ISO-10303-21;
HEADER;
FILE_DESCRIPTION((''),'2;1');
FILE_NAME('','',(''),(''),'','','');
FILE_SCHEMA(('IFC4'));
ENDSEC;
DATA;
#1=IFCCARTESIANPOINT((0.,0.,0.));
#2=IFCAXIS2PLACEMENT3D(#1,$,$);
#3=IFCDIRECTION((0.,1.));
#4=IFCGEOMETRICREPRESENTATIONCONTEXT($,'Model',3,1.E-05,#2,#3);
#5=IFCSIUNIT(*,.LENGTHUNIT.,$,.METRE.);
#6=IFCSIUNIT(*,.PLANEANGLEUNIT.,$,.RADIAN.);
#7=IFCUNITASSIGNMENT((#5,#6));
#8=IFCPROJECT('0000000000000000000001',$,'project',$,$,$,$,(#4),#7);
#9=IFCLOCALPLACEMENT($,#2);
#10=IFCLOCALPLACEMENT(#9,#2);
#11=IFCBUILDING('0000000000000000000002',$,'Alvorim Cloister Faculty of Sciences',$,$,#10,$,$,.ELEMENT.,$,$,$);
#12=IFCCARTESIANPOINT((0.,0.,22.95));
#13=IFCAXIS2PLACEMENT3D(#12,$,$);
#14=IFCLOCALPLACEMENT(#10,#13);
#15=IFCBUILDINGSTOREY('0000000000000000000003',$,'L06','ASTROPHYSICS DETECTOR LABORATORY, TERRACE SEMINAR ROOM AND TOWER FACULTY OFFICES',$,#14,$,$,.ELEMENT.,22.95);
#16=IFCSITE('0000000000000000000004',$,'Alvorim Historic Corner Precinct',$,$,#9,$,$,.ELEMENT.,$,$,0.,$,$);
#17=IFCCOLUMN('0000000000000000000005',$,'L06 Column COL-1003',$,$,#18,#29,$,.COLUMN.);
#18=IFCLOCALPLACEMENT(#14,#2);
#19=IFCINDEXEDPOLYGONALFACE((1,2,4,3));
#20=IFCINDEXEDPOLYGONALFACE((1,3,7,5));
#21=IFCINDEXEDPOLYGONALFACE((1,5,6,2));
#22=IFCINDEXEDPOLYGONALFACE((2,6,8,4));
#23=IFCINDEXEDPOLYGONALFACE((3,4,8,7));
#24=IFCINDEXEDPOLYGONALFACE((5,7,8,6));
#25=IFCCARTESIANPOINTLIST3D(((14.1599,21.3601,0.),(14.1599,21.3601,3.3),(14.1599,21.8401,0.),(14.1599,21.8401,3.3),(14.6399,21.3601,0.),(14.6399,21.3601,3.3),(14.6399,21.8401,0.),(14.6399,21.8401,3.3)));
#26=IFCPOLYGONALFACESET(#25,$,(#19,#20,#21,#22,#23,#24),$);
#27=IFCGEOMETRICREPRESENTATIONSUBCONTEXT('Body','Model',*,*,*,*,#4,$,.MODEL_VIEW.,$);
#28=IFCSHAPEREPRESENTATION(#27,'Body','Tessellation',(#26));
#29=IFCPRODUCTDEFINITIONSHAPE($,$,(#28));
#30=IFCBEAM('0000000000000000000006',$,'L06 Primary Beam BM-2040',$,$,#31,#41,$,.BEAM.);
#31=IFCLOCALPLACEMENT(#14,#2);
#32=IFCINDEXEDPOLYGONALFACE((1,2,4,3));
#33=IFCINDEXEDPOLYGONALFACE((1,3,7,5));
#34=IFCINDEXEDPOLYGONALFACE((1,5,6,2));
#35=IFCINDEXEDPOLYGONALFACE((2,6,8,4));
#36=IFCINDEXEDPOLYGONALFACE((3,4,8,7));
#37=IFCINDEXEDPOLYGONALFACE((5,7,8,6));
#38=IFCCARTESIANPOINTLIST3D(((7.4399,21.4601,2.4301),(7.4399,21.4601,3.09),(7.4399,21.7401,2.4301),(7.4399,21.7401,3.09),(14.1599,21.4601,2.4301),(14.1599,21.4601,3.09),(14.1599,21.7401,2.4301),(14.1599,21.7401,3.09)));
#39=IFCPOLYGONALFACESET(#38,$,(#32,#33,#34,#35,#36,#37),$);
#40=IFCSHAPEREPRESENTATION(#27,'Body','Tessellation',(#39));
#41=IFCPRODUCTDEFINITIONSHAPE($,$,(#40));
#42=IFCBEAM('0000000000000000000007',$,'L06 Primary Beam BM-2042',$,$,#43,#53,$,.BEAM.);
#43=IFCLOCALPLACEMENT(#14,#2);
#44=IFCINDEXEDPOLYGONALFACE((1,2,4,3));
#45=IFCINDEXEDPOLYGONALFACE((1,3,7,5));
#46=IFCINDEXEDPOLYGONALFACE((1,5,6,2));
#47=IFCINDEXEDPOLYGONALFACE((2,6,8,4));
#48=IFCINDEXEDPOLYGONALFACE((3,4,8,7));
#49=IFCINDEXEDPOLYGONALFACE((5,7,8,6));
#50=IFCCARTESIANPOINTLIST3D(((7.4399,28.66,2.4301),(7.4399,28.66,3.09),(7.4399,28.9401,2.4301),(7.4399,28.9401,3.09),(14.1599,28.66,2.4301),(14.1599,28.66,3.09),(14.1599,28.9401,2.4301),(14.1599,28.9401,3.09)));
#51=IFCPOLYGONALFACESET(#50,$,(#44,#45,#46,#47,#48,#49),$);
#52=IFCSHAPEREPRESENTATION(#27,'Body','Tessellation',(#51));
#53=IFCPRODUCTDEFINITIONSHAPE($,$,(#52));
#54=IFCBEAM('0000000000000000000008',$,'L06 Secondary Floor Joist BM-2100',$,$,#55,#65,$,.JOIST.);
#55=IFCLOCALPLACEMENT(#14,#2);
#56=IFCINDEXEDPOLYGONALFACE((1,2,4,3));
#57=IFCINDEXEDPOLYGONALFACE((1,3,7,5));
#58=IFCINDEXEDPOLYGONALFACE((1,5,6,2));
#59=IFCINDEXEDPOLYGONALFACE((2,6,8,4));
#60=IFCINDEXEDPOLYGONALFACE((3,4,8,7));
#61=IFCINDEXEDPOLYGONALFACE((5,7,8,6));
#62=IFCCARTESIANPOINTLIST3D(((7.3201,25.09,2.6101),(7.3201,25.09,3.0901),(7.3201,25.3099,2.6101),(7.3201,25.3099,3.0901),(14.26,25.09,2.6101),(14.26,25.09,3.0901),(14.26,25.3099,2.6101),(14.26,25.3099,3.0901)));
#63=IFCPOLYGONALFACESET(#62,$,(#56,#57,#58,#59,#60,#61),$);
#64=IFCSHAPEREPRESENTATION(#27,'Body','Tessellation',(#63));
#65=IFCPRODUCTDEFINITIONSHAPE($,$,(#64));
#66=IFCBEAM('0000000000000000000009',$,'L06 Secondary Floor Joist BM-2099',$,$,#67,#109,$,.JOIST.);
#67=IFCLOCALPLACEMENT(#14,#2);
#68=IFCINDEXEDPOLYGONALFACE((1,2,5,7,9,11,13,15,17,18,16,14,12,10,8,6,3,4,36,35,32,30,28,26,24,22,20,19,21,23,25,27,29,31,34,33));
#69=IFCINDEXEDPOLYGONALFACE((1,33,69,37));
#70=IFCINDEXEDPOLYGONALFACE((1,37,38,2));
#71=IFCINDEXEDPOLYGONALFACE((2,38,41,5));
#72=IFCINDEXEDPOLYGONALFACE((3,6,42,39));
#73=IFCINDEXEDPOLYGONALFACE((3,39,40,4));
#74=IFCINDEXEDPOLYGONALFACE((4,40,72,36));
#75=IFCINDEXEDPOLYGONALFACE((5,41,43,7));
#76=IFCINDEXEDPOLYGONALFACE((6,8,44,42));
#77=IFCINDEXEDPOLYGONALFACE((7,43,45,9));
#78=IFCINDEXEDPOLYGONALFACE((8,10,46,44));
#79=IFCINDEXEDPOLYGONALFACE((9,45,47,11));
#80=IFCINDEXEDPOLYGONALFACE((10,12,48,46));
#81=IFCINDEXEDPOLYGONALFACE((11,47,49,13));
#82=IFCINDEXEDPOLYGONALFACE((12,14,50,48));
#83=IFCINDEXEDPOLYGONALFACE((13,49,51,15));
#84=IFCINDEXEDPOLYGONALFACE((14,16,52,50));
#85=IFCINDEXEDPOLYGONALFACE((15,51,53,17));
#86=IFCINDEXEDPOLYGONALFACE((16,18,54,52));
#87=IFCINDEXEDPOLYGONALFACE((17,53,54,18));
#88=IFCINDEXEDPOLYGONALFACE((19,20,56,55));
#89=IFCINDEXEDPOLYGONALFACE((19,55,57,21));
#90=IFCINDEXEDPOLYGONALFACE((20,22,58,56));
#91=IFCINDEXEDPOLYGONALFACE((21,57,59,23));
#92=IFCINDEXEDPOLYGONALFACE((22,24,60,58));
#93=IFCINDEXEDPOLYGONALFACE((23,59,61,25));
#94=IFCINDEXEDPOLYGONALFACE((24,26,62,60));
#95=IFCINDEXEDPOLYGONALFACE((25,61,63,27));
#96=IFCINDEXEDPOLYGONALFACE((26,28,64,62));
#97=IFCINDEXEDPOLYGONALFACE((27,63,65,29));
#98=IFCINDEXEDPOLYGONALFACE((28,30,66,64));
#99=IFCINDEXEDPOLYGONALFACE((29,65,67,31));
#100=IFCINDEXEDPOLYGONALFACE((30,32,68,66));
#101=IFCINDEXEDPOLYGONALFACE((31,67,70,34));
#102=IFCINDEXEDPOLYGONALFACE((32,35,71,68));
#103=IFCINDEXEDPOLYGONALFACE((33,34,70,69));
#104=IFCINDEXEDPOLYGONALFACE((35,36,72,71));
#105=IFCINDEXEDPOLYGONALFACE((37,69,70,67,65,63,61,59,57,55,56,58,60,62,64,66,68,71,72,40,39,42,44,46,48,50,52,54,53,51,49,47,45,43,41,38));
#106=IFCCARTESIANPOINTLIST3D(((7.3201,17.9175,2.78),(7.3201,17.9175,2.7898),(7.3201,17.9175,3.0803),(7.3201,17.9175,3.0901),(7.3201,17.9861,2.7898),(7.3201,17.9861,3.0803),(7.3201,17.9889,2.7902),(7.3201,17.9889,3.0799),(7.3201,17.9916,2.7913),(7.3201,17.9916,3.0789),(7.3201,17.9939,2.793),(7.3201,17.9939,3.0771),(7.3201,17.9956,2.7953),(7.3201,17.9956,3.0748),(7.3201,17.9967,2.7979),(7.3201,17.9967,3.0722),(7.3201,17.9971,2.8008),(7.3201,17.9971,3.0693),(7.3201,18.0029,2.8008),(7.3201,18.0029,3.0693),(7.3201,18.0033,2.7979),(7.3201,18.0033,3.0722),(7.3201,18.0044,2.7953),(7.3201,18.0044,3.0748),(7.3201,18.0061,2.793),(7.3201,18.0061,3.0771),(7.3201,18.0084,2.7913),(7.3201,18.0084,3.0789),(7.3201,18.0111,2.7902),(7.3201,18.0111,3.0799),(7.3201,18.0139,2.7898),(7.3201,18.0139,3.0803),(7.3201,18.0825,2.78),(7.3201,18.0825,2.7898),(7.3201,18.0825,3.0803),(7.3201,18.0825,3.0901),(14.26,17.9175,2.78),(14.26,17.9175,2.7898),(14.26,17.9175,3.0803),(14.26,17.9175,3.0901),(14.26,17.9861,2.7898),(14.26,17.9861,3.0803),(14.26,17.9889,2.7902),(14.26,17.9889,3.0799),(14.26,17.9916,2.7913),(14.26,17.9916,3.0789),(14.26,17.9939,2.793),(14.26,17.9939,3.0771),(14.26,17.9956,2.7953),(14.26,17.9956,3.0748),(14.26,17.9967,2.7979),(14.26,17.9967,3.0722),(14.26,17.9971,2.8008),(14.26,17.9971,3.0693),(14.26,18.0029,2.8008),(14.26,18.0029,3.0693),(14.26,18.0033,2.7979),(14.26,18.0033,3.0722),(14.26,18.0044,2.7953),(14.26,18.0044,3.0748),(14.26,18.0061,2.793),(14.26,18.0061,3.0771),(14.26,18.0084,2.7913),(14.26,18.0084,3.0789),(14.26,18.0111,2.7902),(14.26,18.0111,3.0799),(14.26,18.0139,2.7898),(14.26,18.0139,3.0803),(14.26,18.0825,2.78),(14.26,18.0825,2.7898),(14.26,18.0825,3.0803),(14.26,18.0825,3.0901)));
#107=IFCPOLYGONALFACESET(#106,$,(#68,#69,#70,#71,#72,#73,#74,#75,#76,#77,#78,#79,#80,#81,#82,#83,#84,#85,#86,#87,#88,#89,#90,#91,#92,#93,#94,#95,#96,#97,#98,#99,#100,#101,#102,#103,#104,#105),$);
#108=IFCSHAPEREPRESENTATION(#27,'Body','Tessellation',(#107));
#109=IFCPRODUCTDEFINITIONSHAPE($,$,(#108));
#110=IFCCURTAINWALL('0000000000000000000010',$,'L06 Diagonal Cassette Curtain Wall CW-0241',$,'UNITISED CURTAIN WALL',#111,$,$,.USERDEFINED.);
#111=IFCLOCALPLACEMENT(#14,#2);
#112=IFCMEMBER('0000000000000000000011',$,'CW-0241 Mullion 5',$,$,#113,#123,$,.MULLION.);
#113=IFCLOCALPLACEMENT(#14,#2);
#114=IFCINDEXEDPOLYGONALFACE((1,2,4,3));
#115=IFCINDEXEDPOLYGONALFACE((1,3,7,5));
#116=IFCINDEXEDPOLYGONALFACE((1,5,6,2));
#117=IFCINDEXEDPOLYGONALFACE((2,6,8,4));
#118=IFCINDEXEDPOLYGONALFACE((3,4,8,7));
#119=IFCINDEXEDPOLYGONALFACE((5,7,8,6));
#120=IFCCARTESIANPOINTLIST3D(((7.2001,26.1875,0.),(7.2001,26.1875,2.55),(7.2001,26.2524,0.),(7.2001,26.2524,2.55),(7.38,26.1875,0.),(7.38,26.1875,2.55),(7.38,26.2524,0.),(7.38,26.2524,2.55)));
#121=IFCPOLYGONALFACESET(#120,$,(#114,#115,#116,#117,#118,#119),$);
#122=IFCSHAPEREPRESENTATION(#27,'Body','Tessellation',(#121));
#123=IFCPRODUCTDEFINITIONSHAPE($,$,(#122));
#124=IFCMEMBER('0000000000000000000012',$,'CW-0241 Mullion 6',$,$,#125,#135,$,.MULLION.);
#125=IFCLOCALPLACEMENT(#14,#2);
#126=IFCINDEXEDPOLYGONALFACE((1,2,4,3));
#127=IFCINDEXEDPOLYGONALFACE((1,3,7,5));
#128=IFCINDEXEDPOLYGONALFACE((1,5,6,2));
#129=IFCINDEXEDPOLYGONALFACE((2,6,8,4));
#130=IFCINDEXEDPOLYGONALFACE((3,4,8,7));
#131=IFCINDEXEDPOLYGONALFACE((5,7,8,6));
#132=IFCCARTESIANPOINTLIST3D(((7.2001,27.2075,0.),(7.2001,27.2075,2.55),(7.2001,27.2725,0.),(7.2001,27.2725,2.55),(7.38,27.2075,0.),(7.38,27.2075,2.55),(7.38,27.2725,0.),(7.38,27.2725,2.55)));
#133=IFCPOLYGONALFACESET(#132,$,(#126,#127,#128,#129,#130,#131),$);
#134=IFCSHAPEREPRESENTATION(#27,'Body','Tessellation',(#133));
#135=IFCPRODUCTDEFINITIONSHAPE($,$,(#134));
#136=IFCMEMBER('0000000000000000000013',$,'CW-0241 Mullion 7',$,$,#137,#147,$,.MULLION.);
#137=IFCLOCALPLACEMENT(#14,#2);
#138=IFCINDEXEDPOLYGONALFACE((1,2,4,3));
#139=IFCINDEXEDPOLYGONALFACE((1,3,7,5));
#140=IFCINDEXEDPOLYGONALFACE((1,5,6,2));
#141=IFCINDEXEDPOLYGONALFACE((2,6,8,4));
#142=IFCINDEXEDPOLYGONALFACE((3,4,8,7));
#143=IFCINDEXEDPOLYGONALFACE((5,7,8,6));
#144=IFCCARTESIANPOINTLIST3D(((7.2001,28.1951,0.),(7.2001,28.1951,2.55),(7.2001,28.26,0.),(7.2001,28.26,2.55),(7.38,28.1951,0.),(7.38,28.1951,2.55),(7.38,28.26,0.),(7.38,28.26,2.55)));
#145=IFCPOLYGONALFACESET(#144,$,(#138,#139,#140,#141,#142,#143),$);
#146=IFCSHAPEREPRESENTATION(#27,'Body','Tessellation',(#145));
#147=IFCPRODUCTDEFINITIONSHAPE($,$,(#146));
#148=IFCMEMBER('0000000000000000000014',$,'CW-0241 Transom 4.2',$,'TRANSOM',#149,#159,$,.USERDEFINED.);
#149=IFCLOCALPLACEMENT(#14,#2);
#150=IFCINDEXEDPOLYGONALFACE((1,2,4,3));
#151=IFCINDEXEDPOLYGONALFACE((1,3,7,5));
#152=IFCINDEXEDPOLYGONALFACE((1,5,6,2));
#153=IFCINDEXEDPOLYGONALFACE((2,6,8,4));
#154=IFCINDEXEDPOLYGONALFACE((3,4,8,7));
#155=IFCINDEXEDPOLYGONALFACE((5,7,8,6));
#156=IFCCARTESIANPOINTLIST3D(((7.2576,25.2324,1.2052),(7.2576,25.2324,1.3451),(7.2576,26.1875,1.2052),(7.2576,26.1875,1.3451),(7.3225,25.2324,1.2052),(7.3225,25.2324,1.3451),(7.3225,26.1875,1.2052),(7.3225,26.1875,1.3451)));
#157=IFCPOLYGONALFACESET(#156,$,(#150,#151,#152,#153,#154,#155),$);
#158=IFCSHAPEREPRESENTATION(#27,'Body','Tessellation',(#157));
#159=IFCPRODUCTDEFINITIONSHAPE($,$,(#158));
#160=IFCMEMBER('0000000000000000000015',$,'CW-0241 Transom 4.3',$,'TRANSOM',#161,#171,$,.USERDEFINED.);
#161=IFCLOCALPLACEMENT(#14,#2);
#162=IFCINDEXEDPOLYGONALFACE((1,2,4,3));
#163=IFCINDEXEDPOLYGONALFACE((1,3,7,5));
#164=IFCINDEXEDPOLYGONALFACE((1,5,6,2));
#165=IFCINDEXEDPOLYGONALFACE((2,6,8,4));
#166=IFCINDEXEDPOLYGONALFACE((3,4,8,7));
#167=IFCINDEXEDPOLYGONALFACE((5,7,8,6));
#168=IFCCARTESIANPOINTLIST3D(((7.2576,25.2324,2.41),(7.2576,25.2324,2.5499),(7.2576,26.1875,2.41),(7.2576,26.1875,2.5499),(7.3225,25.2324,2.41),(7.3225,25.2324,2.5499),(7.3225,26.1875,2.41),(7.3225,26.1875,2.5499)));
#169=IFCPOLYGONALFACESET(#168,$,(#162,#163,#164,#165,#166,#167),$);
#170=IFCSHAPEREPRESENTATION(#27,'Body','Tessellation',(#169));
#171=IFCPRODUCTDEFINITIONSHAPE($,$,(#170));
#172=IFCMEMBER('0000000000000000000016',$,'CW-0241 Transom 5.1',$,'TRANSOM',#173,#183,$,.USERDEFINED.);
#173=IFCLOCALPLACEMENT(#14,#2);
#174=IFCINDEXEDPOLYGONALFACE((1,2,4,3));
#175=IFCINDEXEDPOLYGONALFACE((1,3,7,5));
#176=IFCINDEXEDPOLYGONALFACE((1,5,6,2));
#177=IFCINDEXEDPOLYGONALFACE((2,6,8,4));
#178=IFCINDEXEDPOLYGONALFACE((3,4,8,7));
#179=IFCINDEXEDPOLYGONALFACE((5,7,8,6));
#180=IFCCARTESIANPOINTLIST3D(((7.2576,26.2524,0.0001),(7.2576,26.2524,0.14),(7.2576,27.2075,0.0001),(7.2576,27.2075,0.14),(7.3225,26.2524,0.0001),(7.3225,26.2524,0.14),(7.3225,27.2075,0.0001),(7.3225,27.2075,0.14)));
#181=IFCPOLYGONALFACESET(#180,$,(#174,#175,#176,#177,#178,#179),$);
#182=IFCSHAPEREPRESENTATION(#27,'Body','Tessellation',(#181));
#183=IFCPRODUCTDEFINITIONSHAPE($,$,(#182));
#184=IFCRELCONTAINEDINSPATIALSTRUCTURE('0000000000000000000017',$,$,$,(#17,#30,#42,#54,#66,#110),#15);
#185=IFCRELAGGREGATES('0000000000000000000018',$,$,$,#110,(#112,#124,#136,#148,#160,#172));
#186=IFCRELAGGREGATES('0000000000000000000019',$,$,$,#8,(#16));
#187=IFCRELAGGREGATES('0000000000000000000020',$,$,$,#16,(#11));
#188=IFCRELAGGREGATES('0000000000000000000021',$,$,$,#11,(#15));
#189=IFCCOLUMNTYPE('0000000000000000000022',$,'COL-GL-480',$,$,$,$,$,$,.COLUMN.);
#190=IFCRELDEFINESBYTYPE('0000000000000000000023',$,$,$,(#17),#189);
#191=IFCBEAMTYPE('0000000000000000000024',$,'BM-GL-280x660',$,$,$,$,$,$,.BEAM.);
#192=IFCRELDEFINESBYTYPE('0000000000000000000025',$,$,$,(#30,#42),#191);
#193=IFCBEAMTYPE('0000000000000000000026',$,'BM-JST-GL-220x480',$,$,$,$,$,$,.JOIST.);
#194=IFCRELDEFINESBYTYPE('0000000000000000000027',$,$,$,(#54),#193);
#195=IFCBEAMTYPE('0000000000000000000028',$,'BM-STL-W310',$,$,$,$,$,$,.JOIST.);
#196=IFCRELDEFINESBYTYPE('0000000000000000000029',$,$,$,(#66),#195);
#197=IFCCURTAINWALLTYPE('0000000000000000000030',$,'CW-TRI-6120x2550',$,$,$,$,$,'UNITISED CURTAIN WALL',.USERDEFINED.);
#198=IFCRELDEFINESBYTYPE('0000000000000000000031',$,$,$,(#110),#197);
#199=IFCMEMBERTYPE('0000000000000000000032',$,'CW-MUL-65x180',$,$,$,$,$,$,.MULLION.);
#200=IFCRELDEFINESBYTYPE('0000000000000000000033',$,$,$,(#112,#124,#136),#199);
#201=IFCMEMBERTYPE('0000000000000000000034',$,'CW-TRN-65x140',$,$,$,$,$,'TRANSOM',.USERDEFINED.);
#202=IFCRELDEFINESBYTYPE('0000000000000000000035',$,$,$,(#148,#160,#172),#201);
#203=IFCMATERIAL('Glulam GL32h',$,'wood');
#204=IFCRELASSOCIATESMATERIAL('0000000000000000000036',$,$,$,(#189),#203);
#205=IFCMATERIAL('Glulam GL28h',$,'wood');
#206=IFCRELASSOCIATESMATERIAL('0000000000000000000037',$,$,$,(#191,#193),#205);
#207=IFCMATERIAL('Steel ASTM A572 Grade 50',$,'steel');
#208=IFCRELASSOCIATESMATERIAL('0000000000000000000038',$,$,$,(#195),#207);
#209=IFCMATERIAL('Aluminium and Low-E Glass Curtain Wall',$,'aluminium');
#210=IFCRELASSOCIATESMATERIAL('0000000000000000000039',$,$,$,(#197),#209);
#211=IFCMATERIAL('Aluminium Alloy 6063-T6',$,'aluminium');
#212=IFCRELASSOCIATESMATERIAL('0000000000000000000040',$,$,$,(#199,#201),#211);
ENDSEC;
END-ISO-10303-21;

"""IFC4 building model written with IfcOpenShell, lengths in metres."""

from ifc_helpers import new_model, si_unit, direction, frame, origin, origin_2d, place, context, subcontext, project, spatial, rectangle, i_section, extrude, material, material_profile, profile_set, type_object, element, aggregate, save


model = new_model("IFC4")

# Units and contexts
model_context = context("Model", 3, precision=1e-05, world=origin(), true_north=direction((0.0, 1.0)))
body_context = subcontext(model_context, "Body", "Model", "MODEL_VIEW")
ifc_project = project(units=[si_unit("LENGTHUNIT", "METRE"), si_unit("PLANEANGLEUNIT", "RADIAN")], contexts=[model_context])

# Site, building, storey
site_placement = place(None, origin())
site = spatial("IfcSite", under=ifc_project, at=site_placement, Name="Alvorim Historic Corner Precinct", CompositionType="ELEMENT", RefElevation=0.0)
building_placement = place(site_placement, origin())
building = spatial("IfcBuilding", under=site, at=building_placement, Name="Alvorim Cloister Faculty of Sciences", CompositionType="ELEMENT")
storey_placement = place(building_placement, frame((0.0, 0.0, 22.95)))
storey = spatial("IfcBuildingStorey", under=building, at=storey_placement, Name="L06", Description="ASTROPHYSICS DETECTOR LABORATORY, TERRACE SEMINAR ROOM AND TOWER FACULTY OFFICES", CompositionType="ELEMENT", Elevation=22.95)

# Column
ifc_material_1 = material(Name="Glulam GL32h", Category="wood")
ifc_material_profile_1 = material_profile(ifc_material_1, rectangle(XDim=0.48, YDim=0.48, at=origin_2d()), Name="GL32-COL-480x480")
ifc_profile_set_1 = profile_set([ifc_material_profile_1], Name="Glulam GL32h")
column_type = type_object("IfcColumnType", Name="COL-GL-480", PredefinedType="COLUMN", material=ifc_profile_set_1)
column_placement = place(storey_placement, frame((14.3999, 21.6001, 0.0), z_axis=(0.0, 0.0, 1.0), x_axis=(1.0, 0.0, 0.0)))
element("IfcColumn", 1, at=column_placement, inside=storey, type_object=column_type, Name="L06 Column COL-1003", PredefinedType="COLUMN", context=body_context, shape_type="SweptSolid", body=[
    extrude(rectangle(XDim=0.48, YDim=0.48, at=origin_2d()), origin(), (0.0, 0.0, 1.0), 3.3),
])

# Beams
ifc_material_2 = material(Name="Glulam GL28h", Category="wood")
ifc_material_profile_2 = material_profile(ifc_material_2, rectangle(XDim=0.28, YDim=0.6599, at=origin_2d()), Name="GL28-BM-280x660")
ifc_profile_set_2 = profile_set([ifc_material_profile_2], Name="Glulam GL28h")
beam_type_1 = type_object("IfcBeamType", Name="BM-GL-280x660", PredefinedType="BEAM", material=ifc_profile_set_2)
for number, where, z_axis, x_axis, name in (
    (2, (7.4399, 21.6001, 2.76), (1.0, 0.0, 0.0), (0.0, 1.0, 0.0), "L06 Primary Beam BM-2040"),
    (3, (7.4399, 28.8, 2.76), (1.0, 0.0, 0.0), (0.0, 1.0, 0.0), "L06 Primary Beam BM-2042"),
):
    element("IfcBeam", number, at=place(storey_placement, frame(where, z_axis=z_axis, x_axis=x_axis)), inside=storey, type_object=beam_type_1, Name=name, PredefinedType="BEAM", context=body_context, shape_type="SweptSolid", body=[
        extrude(rectangle(XDim=0.28, YDim=0.6599, at=origin_2d()), origin(), (0.0, 0.0, 1.0), 6.72),
    ])
ifc_material_profile_3 = material_profile(ifc_material_2, rectangle(XDim=0.22, YDim=0.48, at=origin_2d()), Name="GL28-JST-220x480")
ifc_profile_set_3 = profile_set([ifc_material_profile_3], Name="Glulam GL28h")
beam_type_2 = type_object("IfcBeamType", Name="BM-JST-GL-220x480", PredefinedType="JOIST", material=ifc_profile_set_3)
beam_1_placement = place(storey_placement, frame((7.3201, 25.2, 2.8501), z_axis=(1.0, 0.0, 0.0), x_axis=(0.0, 1.0, 0.0)))
element("IfcBeam", 4, at=beam_1_placement, inside=storey, type_object=beam_type_2, Name="L06 Secondary Floor Joist BM-2100", PredefinedType="JOIST", context=body_context, shape_type="SweptSolid", body=[
    extrude(rectangle(XDim=0.22, YDim=0.48, at=origin_2d()), origin(), (0.0, 0.0, 1.0), 6.9399),
])
ifc_material_3 = material(Name="Steel ASTM A572 Grade 50", Category="steel")
ifc_material_profile_4 = material_profile(ifc_material_3, i_section(OverallWidth=0.165, OverallDepth=0.3101, WebThickness=0.0059, FlangeThickness=0.0098, FilletRadius=0.011, at=origin_2d()), Name="W310x38.7")
ifc_profile_set_4 = profile_set([ifc_material_profile_4], Name="Steel ASTM A572 Grade 50")
beam_type_3 = type_object("IfcBeamType", Name="BM-STL-W310", PredefinedType="JOIST", material=ifc_profile_set_4)
beam_2_placement = place(storey_placement, frame((7.3201, 18.0, 2.9351), z_axis=(1.0, 0.0, 0.0), x_axis=(0.0, 1.0, 0.0)))
element("IfcBeam", 5, at=beam_2_placement, inside=storey, type_object=beam_type_3, Name="L06 Secondary Floor Joist BM-2099", PredefinedType="JOIST", context=body_context, shape_type="SweptSolid", body=[
    extrude(i_section(OverallWidth=0.165, OverallDepth=0.3101, WebThickness=0.0059, FlangeThickness=0.0098, FilletRadius=0.011, at=origin_2d()), origin(), (0.0, 0.0, 1.0), 6.9399),
])

# Curtain wall, members
ifc_material_4 = material(Name="Aluminium and Low-E Glass Curtain Wall", Category="aluminium")
curtain_wall_type = type_object("IfcCurtainWallType", Name="CW-TRI-6120x2550", ElementType="UNITISED CURTAIN WALL", PredefinedType="USERDEFINED", material=ifc_material_4)
curtain_wall_placement = place(storey_placement, origin())
curtain_wall = element("IfcCurtainWall", 6, at=curtain_wall_placement, inside=storey, type_object=curtain_wall_type, Name="L06 Diagonal Cassette Curtain Wall CW-0241", ObjectType="UNITISED CURTAIN WALL", PredefinedType="USERDEFINED")
ifc_material_5 = material(Name="Aluminium Alloy 6063-T6", Category="aluminium")
ifc_material_profile_5 = material_profile(ifc_material_5, rectangle(XDim=0.0649, YDim=0.1799, at=origin_2d()), Name="ALU-MUL-65x180")
ifc_profile_set_5 = profile_set([ifc_material_profile_5], Name="Aluminium Alloy 6063-T6")
member_type_1 = type_object("IfcMemberType", Name="CW-MUL-65x180", PredefinedType="MULLION", material=ifc_profile_set_5)
member_1_placement = place(storey_placement, frame((7.29, 26.22, 0.0), z_axis=(0.0, 0.0, 1.0), x_axis=(0.0, 1.0, 0.0)))
member_1 = element("IfcMember", 7, at=member_1_placement, type_object=member_type_1, Name="CW-0241 Mullion 5", PredefinedType="MULLION", context=body_context, shape_type="SweptSolid", body=[
    extrude(rectangle(XDim=0.0649, YDim=0.1799, at=origin_2d()), origin(), (0.0, 0.0, 1.0), 2.55),
])
member_2_placement = place(storey_placement, frame((7.29, 27.24, 0.0), z_axis=(0.0, 0.0, 1.0), x_axis=(0.0, 1.0, 0.0)))
member_2 = element("IfcMember", 8, at=member_2_placement, type_object=member_type_1, Name="CW-0241 Mullion 6", PredefinedType="MULLION", context=body_context, shape_type="SweptSolid", body=[
    extrude(rectangle(XDim=0.0649, YDim=0.1799, at=origin_2d()), origin(), (0.0, 0.0, 1.0), 2.55),
])
member_3_placement = place(storey_placement, frame((7.29, 28.2275, 0.0), z_axis=(0.0, 0.0, 1.0), x_axis=(0.0, 1.0, 0.0)))
member_3 = element("IfcMember", 9, at=member_3_placement, type_object=member_type_1, Name="CW-0241 Mullion 7", PredefinedType="MULLION", context=body_context, shape_type="SweptSolid", body=[
    extrude(rectangle(XDim=0.0649, YDim=0.1799, at=origin_2d()), origin(), (0.0, 0.0, 1.0), 2.55),
])
ifc_material_profile_6 = material_profile(ifc_material_5, rectangle(XDim=0.0649, YDim=0.1399, at=origin_2d()), Name="ALU-TRN-65x140")
ifc_profile_set_6 = profile_set([ifc_material_profile_6], Name="Aluminium Alloy 6063-T6")
member_type_2 = type_object("IfcMemberType", Name="CW-TRN-65x140", ElementType="TRANSOM", PredefinedType="USERDEFINED", material=ifc_profile_set_6)
member_4_placement = place(storey_placement, frame((7.29, 25.2324, 1.2751), z_axis=(0.0, 1.0, 0.0), x_axis=(-1.0, 0.0, 0.0)))
member_4 = element("IfcMember", 10, at=member_4_placement, type_object=member_type_2, Name="CW-0241 Transom 4.2", ObjectType="TRANSOM", PredefinedType="USERDEFINED", context=body_context, shape_type="SweptSolid", body=[
    extrude(rectangle(XDim=0.0649, YDim=0.1399, at=origin_2d()), origin(), (0.0, 0.0, 1.0), 0.9551),
])
member_5_placement = place(storey_placement, frame((7.29, 25.2324, 2.48), z_axis=(0.0, 1.0, 0.0), x_axis=(-1.0, 0.0, 0.0)))
member_5 = element("IfcMember", 11, at=member_5_placement, type_object=member_type_2, Name="CW-0241 Transom 4.3", ObjectType="TRANSOM", PredefinedType="USERDEFINED", context=body_context, shape_type="SweptSolid", body=[
    extrude(rectangle(XDim=0.0649, YDim=0.1399, at=origin_2d()), origin(), (0.0, 0.0, 1.0), 0.9551),
])
member_6_placement = place(storey_placement, frame((7.29, 26.2524, 0.0701), z_axis=(0.0, 1.0, 0.0), x_axis=(-1.0, 0.0, 0.0)))
member_6 = element("IfcMember", 12, at=member_6_placement, type_object=member_type_2, Name="CW-0241 Transom 5.1", ObjectType="TRANSOM", PredefinedType="USERDEFINED", context=body_context, shape_type="SweptSolid", body=[
    extrude(rectangle(XDim=0.0649, YDim=0.1399, at=origin_2d()), origin(), (0.0, 0.0, 1.0), 0.9551),
])
aggregate(curtain_wall, [member_1, member_2, member_3, member_4, member_5, member_6])

save(model, "model.ifc")
